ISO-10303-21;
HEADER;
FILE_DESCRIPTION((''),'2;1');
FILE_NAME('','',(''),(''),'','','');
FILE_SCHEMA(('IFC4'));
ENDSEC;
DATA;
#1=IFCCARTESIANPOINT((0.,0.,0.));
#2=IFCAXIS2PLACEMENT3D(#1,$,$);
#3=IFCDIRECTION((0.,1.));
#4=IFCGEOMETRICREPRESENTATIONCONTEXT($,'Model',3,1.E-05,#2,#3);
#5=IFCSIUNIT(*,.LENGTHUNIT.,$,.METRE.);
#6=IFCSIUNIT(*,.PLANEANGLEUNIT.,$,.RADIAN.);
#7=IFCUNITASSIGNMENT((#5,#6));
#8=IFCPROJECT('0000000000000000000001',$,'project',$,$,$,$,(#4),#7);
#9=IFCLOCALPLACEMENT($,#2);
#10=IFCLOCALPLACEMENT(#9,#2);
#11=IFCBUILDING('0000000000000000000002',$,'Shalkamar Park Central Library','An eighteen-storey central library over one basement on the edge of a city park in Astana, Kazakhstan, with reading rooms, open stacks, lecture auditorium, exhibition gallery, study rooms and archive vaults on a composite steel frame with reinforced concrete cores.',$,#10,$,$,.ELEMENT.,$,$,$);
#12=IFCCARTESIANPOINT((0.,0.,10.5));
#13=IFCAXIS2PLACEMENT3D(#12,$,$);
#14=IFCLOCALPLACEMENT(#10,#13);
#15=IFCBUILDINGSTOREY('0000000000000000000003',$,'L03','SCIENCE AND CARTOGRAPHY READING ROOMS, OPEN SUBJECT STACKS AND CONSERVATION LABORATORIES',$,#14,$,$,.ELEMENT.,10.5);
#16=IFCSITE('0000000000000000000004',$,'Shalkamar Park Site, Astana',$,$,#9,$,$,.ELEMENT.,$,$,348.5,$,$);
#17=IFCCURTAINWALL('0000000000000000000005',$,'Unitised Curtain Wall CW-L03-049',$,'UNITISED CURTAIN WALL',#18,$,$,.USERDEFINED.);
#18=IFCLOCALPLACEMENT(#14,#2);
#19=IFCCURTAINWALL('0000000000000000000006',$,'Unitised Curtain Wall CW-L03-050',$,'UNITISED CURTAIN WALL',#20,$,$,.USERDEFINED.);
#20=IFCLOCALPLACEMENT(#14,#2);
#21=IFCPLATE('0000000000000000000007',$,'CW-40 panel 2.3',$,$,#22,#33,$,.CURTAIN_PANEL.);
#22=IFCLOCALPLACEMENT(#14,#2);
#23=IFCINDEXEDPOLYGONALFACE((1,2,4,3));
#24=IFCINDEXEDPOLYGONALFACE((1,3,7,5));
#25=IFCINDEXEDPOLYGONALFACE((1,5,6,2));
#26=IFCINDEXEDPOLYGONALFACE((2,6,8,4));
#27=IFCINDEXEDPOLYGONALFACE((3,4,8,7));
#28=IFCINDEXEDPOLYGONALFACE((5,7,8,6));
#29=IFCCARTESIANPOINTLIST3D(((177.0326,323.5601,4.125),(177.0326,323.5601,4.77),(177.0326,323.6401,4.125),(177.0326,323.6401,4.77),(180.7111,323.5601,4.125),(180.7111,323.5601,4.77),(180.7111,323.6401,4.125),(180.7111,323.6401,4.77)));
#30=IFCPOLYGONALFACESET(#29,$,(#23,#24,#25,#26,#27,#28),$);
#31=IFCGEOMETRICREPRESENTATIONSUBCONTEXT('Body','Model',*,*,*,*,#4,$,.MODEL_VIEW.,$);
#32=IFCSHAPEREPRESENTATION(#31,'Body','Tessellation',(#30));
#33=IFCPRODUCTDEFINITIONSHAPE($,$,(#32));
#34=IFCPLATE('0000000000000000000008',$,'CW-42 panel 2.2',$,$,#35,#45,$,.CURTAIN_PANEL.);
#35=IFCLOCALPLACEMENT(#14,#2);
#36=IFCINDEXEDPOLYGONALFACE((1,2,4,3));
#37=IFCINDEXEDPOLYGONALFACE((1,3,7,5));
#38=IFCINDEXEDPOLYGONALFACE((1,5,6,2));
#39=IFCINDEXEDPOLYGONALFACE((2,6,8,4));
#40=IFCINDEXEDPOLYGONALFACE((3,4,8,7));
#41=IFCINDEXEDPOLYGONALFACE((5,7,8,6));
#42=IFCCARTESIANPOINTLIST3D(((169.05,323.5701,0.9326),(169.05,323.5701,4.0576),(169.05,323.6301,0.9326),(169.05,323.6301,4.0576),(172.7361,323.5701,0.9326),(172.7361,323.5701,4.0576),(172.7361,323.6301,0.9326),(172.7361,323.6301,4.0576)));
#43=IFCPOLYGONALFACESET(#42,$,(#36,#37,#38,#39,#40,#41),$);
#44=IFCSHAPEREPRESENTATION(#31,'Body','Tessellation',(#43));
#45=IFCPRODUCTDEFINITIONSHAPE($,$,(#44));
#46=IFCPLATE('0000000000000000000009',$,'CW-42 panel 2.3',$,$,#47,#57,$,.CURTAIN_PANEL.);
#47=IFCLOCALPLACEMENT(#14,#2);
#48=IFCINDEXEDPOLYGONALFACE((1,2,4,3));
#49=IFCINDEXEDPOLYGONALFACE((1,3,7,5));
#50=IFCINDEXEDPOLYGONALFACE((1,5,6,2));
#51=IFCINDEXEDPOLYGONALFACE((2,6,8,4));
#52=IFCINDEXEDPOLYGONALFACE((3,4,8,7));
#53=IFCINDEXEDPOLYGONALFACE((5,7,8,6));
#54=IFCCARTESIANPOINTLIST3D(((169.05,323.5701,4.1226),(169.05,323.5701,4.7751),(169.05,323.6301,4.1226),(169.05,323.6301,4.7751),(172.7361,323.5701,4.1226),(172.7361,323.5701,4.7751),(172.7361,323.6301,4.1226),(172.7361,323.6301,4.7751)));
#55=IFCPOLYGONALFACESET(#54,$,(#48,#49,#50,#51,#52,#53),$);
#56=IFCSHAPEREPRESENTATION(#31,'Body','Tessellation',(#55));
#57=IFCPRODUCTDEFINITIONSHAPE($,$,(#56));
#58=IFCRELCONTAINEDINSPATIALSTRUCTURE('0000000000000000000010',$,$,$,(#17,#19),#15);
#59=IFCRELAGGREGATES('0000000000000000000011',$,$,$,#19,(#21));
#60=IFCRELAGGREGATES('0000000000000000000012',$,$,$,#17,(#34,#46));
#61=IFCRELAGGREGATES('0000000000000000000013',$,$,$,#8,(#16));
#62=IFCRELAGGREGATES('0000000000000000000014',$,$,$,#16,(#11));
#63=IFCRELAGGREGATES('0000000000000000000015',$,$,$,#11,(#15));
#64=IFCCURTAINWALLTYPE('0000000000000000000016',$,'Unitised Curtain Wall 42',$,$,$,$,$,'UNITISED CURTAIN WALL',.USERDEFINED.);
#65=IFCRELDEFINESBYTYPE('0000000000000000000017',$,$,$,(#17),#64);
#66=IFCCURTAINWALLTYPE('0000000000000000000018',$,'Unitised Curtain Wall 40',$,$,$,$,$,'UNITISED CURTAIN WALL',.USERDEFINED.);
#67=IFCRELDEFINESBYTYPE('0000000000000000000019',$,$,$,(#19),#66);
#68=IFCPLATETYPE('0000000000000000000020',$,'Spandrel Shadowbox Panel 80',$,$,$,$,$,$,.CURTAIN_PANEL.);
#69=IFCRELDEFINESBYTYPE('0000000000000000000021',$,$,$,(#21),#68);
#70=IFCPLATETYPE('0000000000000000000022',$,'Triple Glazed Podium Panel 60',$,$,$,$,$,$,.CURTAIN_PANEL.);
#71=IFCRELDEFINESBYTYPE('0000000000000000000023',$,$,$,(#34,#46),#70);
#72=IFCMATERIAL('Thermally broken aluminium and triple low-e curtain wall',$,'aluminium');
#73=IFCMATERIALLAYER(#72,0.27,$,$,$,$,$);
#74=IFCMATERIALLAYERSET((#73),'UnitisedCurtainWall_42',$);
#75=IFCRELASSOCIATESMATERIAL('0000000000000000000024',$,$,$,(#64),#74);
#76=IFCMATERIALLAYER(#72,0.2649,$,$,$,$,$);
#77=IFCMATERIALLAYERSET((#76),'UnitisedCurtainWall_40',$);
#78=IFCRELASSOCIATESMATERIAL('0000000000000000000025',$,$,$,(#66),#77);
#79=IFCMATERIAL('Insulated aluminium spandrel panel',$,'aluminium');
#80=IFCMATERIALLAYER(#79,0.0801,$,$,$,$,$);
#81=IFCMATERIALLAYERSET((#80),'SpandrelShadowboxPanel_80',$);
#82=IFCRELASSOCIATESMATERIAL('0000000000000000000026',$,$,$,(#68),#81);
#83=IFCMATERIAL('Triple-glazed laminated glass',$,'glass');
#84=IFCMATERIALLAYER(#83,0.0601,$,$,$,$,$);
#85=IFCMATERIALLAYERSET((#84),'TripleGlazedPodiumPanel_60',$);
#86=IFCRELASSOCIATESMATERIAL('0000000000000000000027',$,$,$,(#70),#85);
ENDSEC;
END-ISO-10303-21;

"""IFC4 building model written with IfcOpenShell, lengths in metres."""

from ifc_helpers import new_model, si_unit, direction, frame, origin, origin_2d, place, context, subcontext, project, spatial, rectangle, extrude, material, layer, layer_set, type_object, element, aggregate, save


model = new_model("IFC4")

# Units and contexts
model_context = context("Model", 3, precision=1e-05, world=origin(), true_north=direction((0.0, 1.0)))
body_context = subcontext(model_context, "Body", "Model", "MODEL_VIEW")
ifc_project = project(units=[si_unit("LENGTHUNIT", "METRE"), si_unit("PLANEANGLEUNIT", "RADIAN")], contexts=[model_context])

# Site, building, storey
site_placement = place(None, origin())
site = spatial("IfcSite", under=ifc_project, at=site_placement, Name="Shalkamar Park Site, Astana", CompositionType="ELEMENT", RefElevation=348.5)
building_placement = place(site_placement, origin())
building = spatial("IfcBuilding", under=site, at=building_placement, Name="Shalkamar Park Central Library", Description="An eighteen-storey central library over one basement on the edge of a city park in Astana, Kazakhstan, with reading rooms, open stacks, lecture auditorium, exhibition gallery, study rooms and archive vaults on a composite steel frame with reinforced concrete cores.", CompositionType="ELEMENT")
storey_placement = place(building_placement, frame((0.0, 0.0, 10.5)))
storey = spatial("IfcBuildingStorey", under=building, at=storey_placement, Name="L03", Description="SCIENCE AND CARTOGRAPHY READING ROOMS, OPEN SUBJECT STACKS AND CONSERVATION LABORATORIES", CompositionType="ELEMENT", Elevation=10.5)

# Curtain wall
ifc_material_1 = material(Name="Thermally broken aluminium and triple low-e curtain wall", Category="aluminium")
ifc_layer_1 = layer(ifc_material_1, 0.27)
ifc_layer_set_1 = layer_set([ifc_layer_1], Name="UnitisedCurtainWall_42")
curtain_wall_type_1 = type_object("IfcCurtainWallType", Name="Unitised Curtain Wall 42", ElementType="UNITISED CURTAIN WALL", PredefinedType="USERDEFINED", material=ifc_layer_set_1)
curtain_wall_1_placement = place(storey_placement, origin())
curtain_wall_1 = element("IfcCurtainWall", 1, at=curtain_wall_1_placement, inside=storey, type_object=curtain_wall_type_1, Name="Unitised Curtain Wall CW-L03-049", ObjectType="UNITISED CURTAIN WALL", PredefinedType="USERDEFINED")

# Curtain wall
ifc_layer_2 = layer(ifc_material_1, 0.2649)
ifc_layer_set_2 = layer_set([ifc_layer_2], Name="UnitisedCurtainWall_40")
curtain_wall_type_2 = type_object("IfcCurtainWallType", Name="Unitised Curtain Wall 40", ElementType="UNITISED CURTAIN WALL", PredefinedType="USERDEFINED", material=ifc_layer_set_2)
curtain_wall_2_placement = place(storey_placement, origin())
curtain_wall_2 = element("IfcCurtainWall", 2, at=curtain_wall_2_placement, inside=storey, type_object=curtain_wall_type_2, Name="Unitised Curtain Wall CW-L03-050", ObjectType="UNITISED CURTAIN WALL", PredefinedType="USERDEFINED")

# Plates
ifc_material_2 = material(Name="Insulated aluminium spandrel panel", Category="aluminium")
ifc_layer_3 = layer(ifc_material_2, 0.0801)
ifc_layer_set_3 = layer_set([ifc_layer_3], Name="SpandrelShadowboxPanel_80")
plate_type_1 = type_object("IfcPlateType", Name="Spandrel Shadowbox Panel 80", PredefinedType="CURTAIN_PANEL", material=ifc_layer_set_3)
plate_1_placement = place(storey_placement, frame((178.8718, 323.6001, 4.125), z_axis=(0.0, 0.0, 1.0), x_axis=(1.0, 0.0, 0.0)))
plate_1 = element("IfcPlate", 3, at=plate_1_placement, type_object=plate_type_1, Name="CW-40 panel 2.3", PredefinedType="CURTAIN_PANEL", context=body_context, shape_type="SweptSolid", body=[
    extrude(rectangle(XDim=3.6785, YDim=0.0801, at=origin_2d()), origin(), (0.0, 0.0, 1.0), 0.645),
])
aggregate(curtain_wall_2, [plate_1])
ifc_material_3 = material(Name="Triple-glazed laminated glass", Category="glass")
ifc_layer_4 = layer(ifc_material_3, 0.0601)
ifc_layer_set_4 = layer_set([ifc_layer_4], Name="TripleGlazedPodiumPanel_60")
plate_type_2 = type_object("IfcPlateType", Name="Triple Glazed Podium Panel 60", PredefinedType="CURTAIN_PANEL", material=ifc_layer_set_4)
plate_2_placement = place(storey_placement, frame((170.8931, 323.6001, 0.9326), z_axis=(0.0, 0.0, 1.0), x_axis=(1.0, 0.0, 0.0)))
plate_2 = element("IfcPlate", 4, at=plate_2_placement, type_object=plate_type_2, Name="CW-42 panel 2.2", PredefinedType="CURTAIN_PANEL", context=body_context, shape_type="SweptSolid", body=[
    extrude(rectangle(XDim=3.686, YDim=0.0601, at=origin_2d()), origin(), (0.0, 0.0, 1.0), 3.125),
])
plate_3_placement = place(storey_placement, frame((170.8931, 323.6001, 4.1226), z_axis=(0.0, 0.0, 1.0), x_axis=(1.0, 0.0, 0.0)))
plate_3 = element("IfcPlate", 5, at=plate_3_placement, type_object=plate_type_2, Name="CW-42 panel 2.3", PredefinedType="CURTAIN_PANEL", context=body_context, shape_type="SweptSolid", body=[
    extrude(rectangle(XDim=3.686, YDim=0.0601, at=origin_2d()), origin(), (0.0, 0.0, 1.0), 0.6526),
])
aggregate(curtain_wall_1, [plate_2, plate_3])

save(model, "model.ifc")
